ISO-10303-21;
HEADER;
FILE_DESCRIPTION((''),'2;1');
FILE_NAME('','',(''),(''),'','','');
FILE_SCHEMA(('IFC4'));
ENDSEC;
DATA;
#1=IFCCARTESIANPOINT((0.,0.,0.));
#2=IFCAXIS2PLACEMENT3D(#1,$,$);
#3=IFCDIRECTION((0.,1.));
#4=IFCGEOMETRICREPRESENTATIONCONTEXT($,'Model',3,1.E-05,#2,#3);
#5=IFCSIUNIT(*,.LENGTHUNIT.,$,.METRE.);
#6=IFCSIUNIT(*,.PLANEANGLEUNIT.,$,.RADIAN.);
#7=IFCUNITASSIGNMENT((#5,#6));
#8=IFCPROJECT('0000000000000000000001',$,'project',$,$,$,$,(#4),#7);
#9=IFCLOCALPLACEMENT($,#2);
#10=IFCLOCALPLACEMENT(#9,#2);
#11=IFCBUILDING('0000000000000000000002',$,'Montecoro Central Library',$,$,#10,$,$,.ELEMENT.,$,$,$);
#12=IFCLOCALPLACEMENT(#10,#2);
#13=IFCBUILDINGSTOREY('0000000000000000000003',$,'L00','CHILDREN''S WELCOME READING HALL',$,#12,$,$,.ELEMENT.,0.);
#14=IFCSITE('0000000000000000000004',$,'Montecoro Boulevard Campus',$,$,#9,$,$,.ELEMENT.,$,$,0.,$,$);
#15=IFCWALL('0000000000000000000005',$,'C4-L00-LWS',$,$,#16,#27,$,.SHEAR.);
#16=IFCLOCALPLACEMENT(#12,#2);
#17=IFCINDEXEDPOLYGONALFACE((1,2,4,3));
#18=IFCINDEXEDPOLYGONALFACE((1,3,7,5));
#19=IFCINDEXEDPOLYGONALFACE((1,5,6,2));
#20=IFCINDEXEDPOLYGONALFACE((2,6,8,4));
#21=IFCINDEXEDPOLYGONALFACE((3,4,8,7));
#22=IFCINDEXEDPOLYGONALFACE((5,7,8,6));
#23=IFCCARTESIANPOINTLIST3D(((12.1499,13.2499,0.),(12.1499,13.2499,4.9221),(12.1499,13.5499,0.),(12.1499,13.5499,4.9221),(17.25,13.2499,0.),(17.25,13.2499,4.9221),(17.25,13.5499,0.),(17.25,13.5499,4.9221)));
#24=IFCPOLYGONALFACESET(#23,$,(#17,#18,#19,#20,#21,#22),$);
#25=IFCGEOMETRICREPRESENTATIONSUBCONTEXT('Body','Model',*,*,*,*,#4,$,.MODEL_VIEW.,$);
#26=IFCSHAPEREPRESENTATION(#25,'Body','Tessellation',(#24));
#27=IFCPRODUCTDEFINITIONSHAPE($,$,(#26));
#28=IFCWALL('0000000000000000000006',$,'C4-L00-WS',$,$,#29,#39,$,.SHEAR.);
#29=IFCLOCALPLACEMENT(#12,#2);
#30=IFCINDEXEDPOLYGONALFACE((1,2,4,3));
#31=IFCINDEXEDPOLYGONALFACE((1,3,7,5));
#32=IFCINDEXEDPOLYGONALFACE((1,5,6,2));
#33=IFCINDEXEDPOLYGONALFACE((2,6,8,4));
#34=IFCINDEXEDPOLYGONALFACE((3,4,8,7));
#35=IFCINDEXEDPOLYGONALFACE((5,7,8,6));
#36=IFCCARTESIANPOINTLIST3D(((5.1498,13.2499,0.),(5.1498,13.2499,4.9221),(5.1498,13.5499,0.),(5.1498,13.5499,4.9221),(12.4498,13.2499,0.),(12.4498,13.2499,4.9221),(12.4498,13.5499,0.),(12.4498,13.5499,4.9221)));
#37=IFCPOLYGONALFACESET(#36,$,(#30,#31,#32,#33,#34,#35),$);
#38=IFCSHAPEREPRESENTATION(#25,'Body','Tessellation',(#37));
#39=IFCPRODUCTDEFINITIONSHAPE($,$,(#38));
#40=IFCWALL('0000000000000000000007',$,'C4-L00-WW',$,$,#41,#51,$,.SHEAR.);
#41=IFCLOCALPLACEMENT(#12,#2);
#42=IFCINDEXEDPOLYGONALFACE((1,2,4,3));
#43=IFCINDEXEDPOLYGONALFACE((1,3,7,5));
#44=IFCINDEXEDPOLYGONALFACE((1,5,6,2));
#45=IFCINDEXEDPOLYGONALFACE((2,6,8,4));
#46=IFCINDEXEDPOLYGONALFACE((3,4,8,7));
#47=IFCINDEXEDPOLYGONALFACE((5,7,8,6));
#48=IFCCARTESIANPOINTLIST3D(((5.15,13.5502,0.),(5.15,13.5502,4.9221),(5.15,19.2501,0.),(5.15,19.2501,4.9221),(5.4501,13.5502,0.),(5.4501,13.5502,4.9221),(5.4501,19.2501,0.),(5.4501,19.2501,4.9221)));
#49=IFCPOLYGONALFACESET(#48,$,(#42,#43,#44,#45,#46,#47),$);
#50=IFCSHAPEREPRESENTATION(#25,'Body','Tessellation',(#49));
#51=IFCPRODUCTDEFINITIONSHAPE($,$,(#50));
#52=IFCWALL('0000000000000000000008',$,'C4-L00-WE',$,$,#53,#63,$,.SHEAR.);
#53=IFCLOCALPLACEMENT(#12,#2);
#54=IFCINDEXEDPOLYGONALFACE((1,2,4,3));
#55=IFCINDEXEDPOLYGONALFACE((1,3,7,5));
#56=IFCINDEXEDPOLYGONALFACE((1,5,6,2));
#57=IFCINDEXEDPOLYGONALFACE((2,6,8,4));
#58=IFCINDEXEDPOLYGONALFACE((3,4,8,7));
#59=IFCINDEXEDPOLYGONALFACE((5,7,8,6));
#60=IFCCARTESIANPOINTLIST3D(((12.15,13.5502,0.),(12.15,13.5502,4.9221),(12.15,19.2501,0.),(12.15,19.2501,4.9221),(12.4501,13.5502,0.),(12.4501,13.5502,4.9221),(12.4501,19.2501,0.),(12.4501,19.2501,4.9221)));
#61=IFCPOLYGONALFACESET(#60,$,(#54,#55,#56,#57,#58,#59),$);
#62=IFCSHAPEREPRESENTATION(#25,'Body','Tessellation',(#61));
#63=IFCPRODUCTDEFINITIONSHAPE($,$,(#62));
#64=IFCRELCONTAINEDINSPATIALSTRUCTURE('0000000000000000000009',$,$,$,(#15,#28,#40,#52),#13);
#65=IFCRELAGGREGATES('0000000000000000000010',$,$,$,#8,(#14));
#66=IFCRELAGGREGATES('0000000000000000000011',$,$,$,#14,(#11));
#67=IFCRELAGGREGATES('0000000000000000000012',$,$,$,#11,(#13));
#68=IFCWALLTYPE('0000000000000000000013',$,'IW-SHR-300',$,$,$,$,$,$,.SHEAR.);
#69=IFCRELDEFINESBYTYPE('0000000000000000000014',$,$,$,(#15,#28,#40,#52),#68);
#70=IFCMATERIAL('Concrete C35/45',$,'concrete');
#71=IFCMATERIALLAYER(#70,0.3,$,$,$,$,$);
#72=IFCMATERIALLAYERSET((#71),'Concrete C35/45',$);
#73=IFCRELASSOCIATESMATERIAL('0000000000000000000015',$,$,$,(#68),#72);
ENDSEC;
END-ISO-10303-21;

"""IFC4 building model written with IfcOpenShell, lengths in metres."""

from ifc_helpers import new_model, si_unit, direction, frame, frame_2d, origin, place, context, subcontext, project, spatial, rectangle, extrude, material, layer, layer_set, type_object, element, save


model = new_model("IFC4")

# Units and contexts
model_context = context("Model", 3, precision=1e-05, world=origin(), true_north=direction((0.0, 1.0)))
body_context = subcontext(model_context, "Body", "Model", "MODEL_VIEW")
ifc_project = project(units=[si_unit("LENGTHUNIT", "METRE"), si_unit("PLANEANGLEUNIT", "RADIAN")], contexts=[model_context])

# Site, building, storey
site_placement = place(None, origin())
site = spatial("IfcSite", under=ifc_project, at=site_placement, Name="Montecoro Boulevard Campus", CompositionType="ELEMENT", RefElevation=0.0)
building_placement = place(site_placement, origin())
building = spatial("IfcBuilding", under=site, at=building_placement, Name="Montecoro Central Library", CompositionType="ELEMENT")
storey_placement = place(building_placement, origin())
storey = spatial("IfcBuildingStorey", under=building, at=storey_placement, Name="L00", Description="CHILDREN'S WELCOME READING HALL", CompositionType="ELEMENT", Elevation=0.0)

# Shared definitions
ifc_material_1 = material(Name="Concrete C35/45", Category="concrete")

# Walls
ifc_layer_1 = layer(ifc_material_1, 0.3)
ifc_layer_set_1 = layer_set([ifc_layer_1], Name="Concrete C35/45")
wall_type_1 = type_object("IfcWallType", Name="IW-SHR-300", PredefinedType="SHEAR", material=ifc_layer_set_1)
wall_1_placement = place(storey_placement, frame((12.1499, 13.3999, 0.0), z_axis=(0.0, 0.0, 1.0), x_axis=(1.0, 0.0, 0.0)))
element("IfcWall", 1, at=wall_1_placement, inside=storey, type_object=wall_type_1, Name="C4-L00-LWS", PredefinedType="SHEAR", context=body_context, shape_type="SweptSolid", body=[
    extrude(rectangle(XDim=5.1001, YDim=0.3, at=frame_2d((2.55, 0.0))), origin(), (0.0, 0.0, 1.0), 4.9221),
])
wall_2_placement = place(storey_placement, frame((5.1499, 13.3999, 0.0), z_axis=(0.0, 0.0, 1.0), x_axis=(1.0, 0.0, 0.0)))
element("IfcWall", 2, at=wall_2_placement, inside=storey, type_object=wall_type_1, Name="C4-L00-WS", PredefinedType="SHEAR", context=body_context, shape_type="SweptSolid", body=[
    extrude(rectangle(XDim=7.3, YDim=0.3, at=frame_2d((3.6499, 0.0))), origin(), (0.0, 0.0, 1.0), 4.9221),
])
for number, where, z_axis, x_axis, name in (
    (3, (5.3, 13.55, 0.0), (0.0, 0.0, 1.0), (0.0, 1.0, 0.0), "C4-L00-WW"),
    (4, (12.3, 13.55, 0.0), (0.0, 0.0, 1.0), (0.0, 1.0, 0.0), "C4-L00-WE"),
):
    element("IfcWall", number, at=place(storey_placement, frame(where, z_axis=z_axis, x_axis=x_axis)), inside=storey, type_object=wall_type_1, Name=name, PredefinedType="SHEAR", context=body_context, shape_type="SweptSolid", body=[
        extrude(rectangle(XDim=5.7, YDim=0.3, at=frame_2d((2.8501, 0.0))), origin(), (0.0, 0.0, 1.0), 4.9221),
    ])

save(model, "model.ifc")
